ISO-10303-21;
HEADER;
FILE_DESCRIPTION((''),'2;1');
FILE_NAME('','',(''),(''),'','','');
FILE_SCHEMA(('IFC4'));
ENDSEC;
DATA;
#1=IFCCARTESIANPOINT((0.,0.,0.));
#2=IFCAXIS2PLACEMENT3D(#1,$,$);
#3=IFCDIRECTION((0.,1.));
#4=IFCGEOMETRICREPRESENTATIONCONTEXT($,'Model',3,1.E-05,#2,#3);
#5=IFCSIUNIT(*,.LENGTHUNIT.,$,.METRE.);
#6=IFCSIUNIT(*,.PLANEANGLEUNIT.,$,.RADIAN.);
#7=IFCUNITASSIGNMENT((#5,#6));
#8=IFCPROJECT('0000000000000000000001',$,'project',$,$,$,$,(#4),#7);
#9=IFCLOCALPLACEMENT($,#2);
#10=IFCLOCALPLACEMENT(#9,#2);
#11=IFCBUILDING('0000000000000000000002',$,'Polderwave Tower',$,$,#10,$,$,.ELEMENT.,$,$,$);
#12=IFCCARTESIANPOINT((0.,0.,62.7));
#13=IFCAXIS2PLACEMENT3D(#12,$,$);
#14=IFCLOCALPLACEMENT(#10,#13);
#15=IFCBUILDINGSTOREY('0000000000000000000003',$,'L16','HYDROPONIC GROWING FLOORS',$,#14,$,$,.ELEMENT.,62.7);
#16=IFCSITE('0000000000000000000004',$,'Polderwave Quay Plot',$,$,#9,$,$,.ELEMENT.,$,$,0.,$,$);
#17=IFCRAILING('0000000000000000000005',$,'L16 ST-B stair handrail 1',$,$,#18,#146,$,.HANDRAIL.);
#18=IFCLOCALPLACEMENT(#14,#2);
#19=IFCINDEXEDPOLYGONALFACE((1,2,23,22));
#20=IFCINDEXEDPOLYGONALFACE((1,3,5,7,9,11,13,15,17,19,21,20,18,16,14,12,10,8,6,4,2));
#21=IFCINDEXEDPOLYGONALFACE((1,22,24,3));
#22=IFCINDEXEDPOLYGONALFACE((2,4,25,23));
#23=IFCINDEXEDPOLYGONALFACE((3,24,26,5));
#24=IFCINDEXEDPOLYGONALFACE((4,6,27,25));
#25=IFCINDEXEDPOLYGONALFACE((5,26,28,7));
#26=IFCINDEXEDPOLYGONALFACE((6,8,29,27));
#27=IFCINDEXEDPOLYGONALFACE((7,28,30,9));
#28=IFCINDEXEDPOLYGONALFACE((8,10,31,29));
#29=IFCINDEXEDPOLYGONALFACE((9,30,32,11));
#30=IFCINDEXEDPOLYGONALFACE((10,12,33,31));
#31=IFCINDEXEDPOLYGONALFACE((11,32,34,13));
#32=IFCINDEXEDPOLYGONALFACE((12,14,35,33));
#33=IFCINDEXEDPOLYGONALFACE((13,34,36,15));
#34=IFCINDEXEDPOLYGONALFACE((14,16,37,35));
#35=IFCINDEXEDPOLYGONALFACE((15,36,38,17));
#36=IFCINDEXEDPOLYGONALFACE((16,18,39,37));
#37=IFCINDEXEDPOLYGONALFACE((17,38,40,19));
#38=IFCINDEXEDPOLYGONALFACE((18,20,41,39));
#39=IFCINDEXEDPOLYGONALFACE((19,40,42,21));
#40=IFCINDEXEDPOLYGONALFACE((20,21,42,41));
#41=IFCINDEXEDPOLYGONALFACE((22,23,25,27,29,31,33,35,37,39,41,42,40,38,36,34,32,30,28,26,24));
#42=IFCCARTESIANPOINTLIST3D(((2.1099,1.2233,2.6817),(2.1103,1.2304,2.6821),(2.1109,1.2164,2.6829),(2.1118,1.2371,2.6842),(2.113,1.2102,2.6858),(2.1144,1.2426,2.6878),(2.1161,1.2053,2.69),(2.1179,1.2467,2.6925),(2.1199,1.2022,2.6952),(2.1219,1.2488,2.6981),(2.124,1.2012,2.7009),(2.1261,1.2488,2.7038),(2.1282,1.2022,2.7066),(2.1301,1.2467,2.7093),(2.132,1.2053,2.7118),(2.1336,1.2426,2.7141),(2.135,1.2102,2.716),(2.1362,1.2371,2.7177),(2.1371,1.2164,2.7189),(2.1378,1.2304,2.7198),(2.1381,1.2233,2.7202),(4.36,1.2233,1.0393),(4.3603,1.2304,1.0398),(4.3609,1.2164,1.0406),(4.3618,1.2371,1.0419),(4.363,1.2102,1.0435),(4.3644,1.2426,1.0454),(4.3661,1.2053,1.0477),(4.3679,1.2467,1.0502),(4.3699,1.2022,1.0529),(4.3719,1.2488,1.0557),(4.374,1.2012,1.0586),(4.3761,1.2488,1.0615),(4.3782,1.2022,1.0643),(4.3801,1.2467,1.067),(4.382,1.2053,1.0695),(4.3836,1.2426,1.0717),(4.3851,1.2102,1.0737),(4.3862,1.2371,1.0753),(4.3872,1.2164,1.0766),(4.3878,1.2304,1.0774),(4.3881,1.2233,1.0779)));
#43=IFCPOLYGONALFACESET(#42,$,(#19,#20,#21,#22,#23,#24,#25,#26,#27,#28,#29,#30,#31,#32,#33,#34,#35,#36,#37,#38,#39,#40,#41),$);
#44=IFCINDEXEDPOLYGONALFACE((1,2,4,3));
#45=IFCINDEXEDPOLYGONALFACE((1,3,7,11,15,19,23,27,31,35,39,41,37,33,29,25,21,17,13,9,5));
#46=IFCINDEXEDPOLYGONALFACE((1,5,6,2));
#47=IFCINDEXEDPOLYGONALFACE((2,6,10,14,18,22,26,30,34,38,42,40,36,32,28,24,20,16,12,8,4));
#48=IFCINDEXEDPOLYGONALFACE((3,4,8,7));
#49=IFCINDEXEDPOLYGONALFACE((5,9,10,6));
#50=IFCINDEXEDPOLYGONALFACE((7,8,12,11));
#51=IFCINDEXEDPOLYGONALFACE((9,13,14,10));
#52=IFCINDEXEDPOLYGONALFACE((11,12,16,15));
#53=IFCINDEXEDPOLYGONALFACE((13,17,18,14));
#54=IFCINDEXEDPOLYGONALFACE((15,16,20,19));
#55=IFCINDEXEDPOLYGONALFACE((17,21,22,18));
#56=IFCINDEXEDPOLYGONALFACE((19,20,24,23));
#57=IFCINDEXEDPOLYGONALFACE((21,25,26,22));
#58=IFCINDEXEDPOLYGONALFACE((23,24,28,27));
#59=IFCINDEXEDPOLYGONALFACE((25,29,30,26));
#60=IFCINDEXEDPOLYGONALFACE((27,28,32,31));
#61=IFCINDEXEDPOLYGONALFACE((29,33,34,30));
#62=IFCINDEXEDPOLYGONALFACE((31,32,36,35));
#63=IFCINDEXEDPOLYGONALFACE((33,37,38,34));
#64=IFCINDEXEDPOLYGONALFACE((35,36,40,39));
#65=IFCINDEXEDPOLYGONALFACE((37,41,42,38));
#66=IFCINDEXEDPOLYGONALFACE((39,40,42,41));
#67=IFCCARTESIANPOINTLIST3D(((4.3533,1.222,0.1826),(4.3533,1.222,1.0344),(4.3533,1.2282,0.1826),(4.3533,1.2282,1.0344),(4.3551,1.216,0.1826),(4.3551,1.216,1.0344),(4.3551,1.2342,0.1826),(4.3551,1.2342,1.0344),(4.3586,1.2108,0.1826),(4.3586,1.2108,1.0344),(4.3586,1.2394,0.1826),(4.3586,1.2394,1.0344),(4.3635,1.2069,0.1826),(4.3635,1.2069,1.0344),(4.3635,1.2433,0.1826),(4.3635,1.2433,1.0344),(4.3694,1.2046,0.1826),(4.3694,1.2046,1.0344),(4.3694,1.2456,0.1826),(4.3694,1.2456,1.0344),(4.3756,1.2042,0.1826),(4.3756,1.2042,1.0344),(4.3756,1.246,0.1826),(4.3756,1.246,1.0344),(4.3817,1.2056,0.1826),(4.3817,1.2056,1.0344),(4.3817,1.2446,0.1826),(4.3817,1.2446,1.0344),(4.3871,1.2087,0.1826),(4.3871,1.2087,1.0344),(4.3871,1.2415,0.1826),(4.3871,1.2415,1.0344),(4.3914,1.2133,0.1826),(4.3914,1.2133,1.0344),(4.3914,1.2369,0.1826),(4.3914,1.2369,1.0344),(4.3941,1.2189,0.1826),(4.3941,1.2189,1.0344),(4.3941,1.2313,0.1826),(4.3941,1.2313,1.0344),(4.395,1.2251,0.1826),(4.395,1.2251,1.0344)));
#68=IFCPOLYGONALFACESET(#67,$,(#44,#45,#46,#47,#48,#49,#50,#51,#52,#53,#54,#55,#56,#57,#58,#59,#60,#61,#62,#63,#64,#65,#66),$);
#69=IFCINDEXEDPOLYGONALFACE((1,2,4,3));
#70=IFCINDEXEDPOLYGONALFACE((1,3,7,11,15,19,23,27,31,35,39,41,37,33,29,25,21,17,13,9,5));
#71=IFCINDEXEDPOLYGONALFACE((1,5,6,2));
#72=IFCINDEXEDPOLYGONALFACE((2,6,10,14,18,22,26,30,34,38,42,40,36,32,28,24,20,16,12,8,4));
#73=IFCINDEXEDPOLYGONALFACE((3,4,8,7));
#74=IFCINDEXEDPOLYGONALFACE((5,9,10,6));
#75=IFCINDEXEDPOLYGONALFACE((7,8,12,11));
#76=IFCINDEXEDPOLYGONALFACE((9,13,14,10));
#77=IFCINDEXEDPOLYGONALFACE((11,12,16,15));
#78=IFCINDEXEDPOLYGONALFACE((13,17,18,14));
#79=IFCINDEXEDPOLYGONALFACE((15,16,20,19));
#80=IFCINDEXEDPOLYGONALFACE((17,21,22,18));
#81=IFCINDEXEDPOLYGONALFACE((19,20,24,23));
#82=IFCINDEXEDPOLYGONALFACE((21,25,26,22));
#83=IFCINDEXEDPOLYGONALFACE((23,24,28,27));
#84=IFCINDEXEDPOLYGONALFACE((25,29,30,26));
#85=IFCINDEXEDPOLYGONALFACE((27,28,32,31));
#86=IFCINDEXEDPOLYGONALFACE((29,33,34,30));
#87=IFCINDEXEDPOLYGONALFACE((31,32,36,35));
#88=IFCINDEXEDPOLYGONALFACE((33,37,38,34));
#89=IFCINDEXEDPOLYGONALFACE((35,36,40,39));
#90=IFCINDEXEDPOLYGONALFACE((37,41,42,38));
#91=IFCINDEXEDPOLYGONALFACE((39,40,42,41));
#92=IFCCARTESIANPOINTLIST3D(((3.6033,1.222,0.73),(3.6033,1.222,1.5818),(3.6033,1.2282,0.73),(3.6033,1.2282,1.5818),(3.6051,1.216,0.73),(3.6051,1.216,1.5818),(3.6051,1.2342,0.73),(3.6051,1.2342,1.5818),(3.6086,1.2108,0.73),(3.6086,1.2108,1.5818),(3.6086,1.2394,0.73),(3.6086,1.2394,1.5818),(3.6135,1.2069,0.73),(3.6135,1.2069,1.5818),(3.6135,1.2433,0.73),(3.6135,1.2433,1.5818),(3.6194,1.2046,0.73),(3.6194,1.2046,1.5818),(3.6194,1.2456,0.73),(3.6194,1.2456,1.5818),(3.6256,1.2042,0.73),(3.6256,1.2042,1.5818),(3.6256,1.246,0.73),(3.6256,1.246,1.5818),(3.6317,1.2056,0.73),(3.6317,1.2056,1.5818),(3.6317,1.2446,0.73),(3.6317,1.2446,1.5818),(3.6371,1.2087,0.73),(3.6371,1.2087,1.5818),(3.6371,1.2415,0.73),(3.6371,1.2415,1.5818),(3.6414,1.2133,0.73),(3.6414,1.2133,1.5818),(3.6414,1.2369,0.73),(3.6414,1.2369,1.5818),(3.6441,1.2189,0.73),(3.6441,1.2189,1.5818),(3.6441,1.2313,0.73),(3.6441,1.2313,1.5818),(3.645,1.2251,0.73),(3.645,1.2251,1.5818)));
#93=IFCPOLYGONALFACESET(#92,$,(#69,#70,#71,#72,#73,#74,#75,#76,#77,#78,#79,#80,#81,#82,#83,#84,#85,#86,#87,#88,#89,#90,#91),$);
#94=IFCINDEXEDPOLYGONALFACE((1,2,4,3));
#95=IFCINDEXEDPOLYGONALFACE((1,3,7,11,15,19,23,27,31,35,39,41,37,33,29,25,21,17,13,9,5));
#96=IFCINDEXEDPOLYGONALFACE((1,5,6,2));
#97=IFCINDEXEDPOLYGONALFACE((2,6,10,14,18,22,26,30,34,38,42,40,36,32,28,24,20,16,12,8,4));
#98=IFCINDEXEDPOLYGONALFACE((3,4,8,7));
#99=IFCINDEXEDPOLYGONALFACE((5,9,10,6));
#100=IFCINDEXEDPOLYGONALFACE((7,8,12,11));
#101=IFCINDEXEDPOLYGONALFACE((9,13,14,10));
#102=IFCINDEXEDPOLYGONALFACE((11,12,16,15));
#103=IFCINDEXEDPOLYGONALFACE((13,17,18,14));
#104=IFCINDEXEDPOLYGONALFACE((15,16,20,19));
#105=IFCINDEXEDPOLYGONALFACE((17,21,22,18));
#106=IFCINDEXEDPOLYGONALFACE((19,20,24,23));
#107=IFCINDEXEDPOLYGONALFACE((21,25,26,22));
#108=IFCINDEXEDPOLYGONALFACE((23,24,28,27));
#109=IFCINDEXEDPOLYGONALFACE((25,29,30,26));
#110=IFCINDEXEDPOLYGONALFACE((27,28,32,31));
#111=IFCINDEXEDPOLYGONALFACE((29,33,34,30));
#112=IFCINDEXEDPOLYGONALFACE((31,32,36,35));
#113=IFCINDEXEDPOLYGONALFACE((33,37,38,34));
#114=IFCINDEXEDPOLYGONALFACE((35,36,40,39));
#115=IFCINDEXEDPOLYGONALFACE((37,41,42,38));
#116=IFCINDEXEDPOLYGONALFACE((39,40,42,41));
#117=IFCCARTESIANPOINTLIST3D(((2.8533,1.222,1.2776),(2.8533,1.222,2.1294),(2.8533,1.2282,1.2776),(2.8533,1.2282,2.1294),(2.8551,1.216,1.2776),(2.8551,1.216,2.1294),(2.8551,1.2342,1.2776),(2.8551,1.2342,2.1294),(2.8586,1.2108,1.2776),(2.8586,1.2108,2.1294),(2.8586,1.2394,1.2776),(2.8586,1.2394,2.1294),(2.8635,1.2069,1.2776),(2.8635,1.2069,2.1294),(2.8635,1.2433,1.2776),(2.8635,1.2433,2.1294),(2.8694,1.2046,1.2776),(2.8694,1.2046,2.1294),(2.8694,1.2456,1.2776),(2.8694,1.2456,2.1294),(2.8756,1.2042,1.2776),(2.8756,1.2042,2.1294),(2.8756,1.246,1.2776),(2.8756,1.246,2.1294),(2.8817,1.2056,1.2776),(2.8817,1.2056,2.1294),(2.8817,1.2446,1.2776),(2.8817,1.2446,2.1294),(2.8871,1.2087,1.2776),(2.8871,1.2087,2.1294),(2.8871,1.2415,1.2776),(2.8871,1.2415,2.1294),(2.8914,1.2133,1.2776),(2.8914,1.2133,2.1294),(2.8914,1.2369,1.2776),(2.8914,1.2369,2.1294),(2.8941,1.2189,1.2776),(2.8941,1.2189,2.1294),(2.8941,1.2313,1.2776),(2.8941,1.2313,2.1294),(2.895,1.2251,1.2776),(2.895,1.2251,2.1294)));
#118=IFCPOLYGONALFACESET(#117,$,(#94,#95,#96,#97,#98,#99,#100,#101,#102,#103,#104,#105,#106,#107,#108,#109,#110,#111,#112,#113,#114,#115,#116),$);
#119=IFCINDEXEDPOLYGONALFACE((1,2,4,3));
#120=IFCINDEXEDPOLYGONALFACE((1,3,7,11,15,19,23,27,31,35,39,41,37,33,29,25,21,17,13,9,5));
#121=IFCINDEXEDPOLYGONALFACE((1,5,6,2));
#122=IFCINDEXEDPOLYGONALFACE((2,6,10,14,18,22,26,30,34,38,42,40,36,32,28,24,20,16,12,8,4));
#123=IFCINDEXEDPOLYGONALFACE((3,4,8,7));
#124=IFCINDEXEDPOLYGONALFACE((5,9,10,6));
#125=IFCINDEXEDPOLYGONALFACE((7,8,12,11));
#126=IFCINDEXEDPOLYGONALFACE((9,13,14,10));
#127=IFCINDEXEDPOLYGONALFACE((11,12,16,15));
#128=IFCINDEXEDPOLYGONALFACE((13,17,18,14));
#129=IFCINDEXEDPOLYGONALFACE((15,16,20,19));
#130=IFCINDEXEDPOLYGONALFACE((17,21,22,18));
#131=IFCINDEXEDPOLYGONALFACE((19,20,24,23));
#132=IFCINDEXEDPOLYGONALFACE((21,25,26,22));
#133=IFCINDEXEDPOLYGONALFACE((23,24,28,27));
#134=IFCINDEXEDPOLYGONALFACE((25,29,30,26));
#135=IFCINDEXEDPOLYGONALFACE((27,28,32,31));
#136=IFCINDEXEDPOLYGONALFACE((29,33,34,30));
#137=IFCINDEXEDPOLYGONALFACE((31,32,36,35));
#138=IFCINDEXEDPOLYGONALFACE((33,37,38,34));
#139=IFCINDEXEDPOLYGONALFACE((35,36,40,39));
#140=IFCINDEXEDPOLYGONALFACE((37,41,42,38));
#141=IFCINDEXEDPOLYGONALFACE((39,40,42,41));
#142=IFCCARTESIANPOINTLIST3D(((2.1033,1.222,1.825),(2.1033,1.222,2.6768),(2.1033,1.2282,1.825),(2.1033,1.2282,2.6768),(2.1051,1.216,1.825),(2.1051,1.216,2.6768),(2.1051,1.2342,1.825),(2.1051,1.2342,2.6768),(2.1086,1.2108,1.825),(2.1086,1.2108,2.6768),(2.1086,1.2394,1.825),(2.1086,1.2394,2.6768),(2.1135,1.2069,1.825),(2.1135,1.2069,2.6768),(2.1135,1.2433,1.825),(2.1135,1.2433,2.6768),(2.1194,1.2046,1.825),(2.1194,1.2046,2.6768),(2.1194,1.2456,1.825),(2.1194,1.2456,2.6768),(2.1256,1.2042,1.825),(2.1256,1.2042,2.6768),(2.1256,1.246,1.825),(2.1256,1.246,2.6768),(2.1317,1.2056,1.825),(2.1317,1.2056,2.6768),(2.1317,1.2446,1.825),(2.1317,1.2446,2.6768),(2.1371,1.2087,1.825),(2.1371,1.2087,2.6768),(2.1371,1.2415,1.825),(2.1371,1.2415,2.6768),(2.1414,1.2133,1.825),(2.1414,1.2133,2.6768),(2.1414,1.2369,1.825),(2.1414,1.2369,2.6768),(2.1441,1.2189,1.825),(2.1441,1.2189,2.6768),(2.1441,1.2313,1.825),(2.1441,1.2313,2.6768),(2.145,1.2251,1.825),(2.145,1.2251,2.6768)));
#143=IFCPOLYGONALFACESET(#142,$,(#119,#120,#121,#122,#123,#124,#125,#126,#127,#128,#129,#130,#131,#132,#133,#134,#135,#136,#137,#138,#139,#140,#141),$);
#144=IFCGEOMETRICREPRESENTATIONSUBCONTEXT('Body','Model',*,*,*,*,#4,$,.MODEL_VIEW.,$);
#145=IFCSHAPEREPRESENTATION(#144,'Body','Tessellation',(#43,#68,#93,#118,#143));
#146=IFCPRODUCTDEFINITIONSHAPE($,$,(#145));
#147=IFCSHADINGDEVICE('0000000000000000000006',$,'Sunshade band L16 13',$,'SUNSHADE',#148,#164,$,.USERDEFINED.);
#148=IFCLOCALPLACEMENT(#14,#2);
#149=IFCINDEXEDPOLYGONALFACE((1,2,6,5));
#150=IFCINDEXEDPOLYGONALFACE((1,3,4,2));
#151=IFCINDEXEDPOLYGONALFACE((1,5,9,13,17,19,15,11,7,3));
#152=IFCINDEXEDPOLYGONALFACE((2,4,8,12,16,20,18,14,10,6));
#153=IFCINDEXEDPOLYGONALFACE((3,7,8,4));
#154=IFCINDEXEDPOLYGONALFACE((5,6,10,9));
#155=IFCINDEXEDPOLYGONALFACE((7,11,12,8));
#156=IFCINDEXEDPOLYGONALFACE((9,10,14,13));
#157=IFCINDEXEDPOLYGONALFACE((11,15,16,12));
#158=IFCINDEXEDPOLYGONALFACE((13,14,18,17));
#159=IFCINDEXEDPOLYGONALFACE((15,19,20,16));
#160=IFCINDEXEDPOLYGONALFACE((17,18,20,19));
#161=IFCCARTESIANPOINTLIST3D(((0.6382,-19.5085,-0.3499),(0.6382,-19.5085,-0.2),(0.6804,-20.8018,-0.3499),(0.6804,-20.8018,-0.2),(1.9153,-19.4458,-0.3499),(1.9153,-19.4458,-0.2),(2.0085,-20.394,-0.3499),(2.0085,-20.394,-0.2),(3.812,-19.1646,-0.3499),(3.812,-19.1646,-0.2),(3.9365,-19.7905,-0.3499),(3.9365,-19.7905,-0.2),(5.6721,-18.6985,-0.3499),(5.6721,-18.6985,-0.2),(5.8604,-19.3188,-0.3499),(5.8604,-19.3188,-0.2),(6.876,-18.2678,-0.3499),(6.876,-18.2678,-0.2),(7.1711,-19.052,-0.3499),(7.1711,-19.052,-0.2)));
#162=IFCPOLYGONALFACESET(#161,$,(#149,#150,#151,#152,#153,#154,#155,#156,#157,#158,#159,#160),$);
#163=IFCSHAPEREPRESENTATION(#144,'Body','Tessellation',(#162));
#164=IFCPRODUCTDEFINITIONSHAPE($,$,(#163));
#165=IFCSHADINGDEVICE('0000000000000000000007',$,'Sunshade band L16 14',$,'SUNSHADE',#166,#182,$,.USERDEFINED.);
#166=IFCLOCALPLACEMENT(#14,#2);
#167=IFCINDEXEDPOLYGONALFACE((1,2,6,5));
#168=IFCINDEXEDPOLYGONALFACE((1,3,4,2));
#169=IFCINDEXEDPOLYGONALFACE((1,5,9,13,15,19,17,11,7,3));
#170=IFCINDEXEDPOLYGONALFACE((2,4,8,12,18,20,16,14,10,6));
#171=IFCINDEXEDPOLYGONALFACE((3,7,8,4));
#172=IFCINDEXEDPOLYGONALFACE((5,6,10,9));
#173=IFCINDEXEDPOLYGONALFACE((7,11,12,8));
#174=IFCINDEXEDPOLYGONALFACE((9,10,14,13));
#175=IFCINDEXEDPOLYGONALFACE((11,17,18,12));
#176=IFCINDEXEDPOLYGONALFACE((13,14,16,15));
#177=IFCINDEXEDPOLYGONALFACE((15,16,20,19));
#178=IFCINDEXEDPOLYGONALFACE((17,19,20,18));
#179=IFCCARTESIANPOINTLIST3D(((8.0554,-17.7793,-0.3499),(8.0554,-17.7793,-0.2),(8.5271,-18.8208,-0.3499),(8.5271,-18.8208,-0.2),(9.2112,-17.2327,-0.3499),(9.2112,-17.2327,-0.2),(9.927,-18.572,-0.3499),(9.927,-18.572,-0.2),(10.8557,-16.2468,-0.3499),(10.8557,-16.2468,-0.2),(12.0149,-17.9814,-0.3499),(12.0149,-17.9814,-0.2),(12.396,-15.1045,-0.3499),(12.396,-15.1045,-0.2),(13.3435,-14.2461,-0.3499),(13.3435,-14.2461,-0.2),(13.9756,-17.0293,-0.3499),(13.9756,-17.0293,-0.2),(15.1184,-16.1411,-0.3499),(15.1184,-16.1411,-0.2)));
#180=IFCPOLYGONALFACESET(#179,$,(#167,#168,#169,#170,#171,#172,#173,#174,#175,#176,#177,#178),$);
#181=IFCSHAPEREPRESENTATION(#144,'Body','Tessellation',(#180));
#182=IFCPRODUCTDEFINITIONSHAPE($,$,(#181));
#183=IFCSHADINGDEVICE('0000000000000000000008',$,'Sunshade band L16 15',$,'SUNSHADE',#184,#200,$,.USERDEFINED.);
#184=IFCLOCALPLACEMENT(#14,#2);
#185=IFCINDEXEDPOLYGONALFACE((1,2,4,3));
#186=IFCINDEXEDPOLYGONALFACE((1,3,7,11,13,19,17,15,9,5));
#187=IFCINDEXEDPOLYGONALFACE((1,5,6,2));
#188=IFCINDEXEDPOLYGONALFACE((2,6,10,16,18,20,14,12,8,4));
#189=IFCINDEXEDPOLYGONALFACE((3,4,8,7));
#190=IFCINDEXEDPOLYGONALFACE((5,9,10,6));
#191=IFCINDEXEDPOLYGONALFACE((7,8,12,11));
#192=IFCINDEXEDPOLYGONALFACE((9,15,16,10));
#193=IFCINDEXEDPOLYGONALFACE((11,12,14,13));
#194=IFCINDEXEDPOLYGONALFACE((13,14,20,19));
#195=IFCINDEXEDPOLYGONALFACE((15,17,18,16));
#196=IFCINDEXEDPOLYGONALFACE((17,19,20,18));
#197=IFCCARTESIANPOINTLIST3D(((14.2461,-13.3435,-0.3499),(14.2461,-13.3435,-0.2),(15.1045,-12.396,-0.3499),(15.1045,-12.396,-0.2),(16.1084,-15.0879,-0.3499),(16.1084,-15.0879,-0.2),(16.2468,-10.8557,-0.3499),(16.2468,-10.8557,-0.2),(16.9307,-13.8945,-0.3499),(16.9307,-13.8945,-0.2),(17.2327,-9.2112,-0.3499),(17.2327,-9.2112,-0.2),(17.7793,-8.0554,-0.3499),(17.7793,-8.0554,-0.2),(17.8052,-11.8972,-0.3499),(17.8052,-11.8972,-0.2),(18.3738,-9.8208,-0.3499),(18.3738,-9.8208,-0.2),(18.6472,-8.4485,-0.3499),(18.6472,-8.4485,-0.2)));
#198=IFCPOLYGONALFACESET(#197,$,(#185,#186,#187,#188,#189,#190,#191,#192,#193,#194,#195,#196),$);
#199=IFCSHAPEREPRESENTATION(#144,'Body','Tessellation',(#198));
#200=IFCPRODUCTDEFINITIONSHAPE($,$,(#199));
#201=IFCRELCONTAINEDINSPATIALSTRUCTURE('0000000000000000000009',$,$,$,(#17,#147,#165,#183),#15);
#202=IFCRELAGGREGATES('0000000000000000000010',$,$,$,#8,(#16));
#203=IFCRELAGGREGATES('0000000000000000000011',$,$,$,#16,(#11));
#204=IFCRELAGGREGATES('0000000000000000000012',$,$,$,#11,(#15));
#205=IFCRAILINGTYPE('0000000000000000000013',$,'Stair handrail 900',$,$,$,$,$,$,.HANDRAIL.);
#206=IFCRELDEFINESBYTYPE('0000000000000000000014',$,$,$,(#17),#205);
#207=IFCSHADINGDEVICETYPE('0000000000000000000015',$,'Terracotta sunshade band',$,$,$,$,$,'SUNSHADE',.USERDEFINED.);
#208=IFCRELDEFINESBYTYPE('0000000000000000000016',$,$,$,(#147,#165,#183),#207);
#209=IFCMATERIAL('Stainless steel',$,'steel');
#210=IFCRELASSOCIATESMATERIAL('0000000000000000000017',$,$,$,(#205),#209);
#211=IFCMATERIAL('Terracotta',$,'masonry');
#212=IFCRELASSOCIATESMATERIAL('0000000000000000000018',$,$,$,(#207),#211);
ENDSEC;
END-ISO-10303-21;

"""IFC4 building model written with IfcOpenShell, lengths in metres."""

from ifc_helpers import new_model, si_unit, direction, frame, origin, origin_2d, place, context, subcontext, project, spatial, polyline, circle, outline, extrude, material, type_object, element, save


model = new_model("IFC4")

# Units and contexts
model_context = context("Model", 3, precision=1e-05, world=origin(), true_north=direction((0.0, 1.0)))
body_context = subcontext(model_context, "Body", "Model", "MODEL_VIEW")
ifc_project = project(units=[si_unit("LENGTHUNIT", "METRE"), si_unit("PLANEANGLEUNIT", "RADIAN")], contexts=[model_context])

# Site, building, storey
site_placement = place(None, origin())
site = spatial("IfcSite", under=ifc_project, at=site_placement, Name="Polderwave Quay Plot", CompositionType="ELEMENT", RefElevation=0.0)
building_placement = place(site_placement, origin())
building = spatial("IfcBuilding", under=site, at=building_placement, Name="Polderwave Tower", CompositionType="ELEMENT")
storey_placement = place(building_placement, frame((0.0, 0.0, 62.7)))
storey = spatial("IfcBuildingStorey", under=building, at=storey_placement, Name="L16", Description="HYDROPONIC GROWING FLOORS", CompositionType="ELEMENT", Elevation=62.7)

# Railing
ifc_material_1 = material(Name="Stainless steel", Category="steel")
railing_type_1 = type_object("IfcRailingType", Name="Stair handrail 900", PredefinedType="HANDRAIL", material=ifc_material_1)
railing_1_placement = place(storey_placement, frame((4.374, 1.2251, 0.1826)))
element("IfcRailing", 1, at=railing_1_placement, inside=storey, type_object=railing_type_1, Name="L16 ST-B stair handrail 1", PredefinedType="HANDRAIL", context=body_context, shape_type="SweptSolid", body=[
    extrude(circle(Radius=0.0239, at=origin_2d()), frame((0.0, 0.0, 0.876), z_axis=(-0.807715, 0.0, 0.589573), x_axis=(0.0, -1.0, 0.0)), (0.0, 0.0, 1.0), 2.7856),
    extrude(circle(Radius=0.021, at=origin_2d()), origin(), (0.0, 0.0, 1.0), 0.8518),
    extrude(circle(Radius=0.021, at=origin_2d()), frame((-0.75, 0.0, 0.5474)), (0.0, 0.0, 1.0), 0.8518),
    extrude(circle(Radius=0.021, at=origin_2d()), frame((-1.5, 0.0, 1.095)), (0.0, 0.0, 1.0), 0.8518),
    extrude(circle(Radius=0.021, at=origin_2d()), frame((-2.25, 0.0, 1.6423)), (0.0, 0.0, 1.0), 0.8518),
])

# Shading devices
ifc_material_2 = material(Name="Terracotta", Category="masonry")
shading_device_type = type_object("IfcShadingDeviceType", Name="Terracotta sunshade band", ElementType="SUNSHADE", PredefinedType="USERDEFINED", material=ifc_material_2)
shading_device_1_placement = place(storey_placement, frame((0.0, 0.0, -0.3499)))
element("IfcShadingDevice", 2, at=shading_device_1_placement, inside=storey, type_object=shading_device_type, Name="Sunshade band L16 13", ObjectType="SUNSHADE", PredefinedType="USERDEFINED", context=body_context, shape_type="SweptSolid", body=[
    extrude(outline(polyline([(0.6382, -19.5085), (1.9153, -19.4458), (3.812, -19.1646), (5.6721, -18.6985), (6.876, -18.2678), (7.1711, -19.052), (5.8604, -19.3188), (3.9365, -19.7905), (2.0085, -20.394), (0.6804, -20.8018), (0.6382, -19.5085)])), origin(), (0.0, 0.0, 1.0), 0.1499),
])
shading_device_2_placement = place(storey_placement, frame((0.0, 0.0, -0.3499)))
element("IfcShadingDevice", 3, at=shading_device_2_placement, inside=storey, type_object=shading_device_type, Name="Sunshade band L16 14", ObjectType="SUNSHADE", PredefinedType="USERDEFINED", context=body_context, shape_type="SweptSolid", body=[
    extrude(outline(polyline([(8.0554, -17.7793), (9.2112, -17.2327), (10.8557, -16.2468), (12.396, -15.1045), (13.3435, -14.2461), (15.1184, -16.1411), (13.9756, -17.0293), (12.0149, -17.9814), (9.927, -18.572), (8.5271, -18.8208), (8.0554, -17.7793)])), origin(), (0.0, 0.0, 1.0), 0.1499),
])
shading_device_3_placement = place(storey_placement, frame((0.0, 0.0, -0.3499)))
element("IfcShadingDevice", 4, at=shading_device_3_placement, inside=storey, type_object=shading_device_type, Name="Sunshade band L16 15", ObjectType="SUNSHADE", PredefinedType="USERDEFINED", context=body_context, shape_type="SweptSolid", body=[
    extrude(outline(polyline([(14.2461, -13.3435), (15.1045, -12.396), (16.2468, -10.8557), (17.2327, -9.2112), (17.7793, -8.0554), (18.6472, -8.4485), (18.3738, -9.8208), (17.8052, -11.8972), (16.9307, -13.8945), (16.1084, -15.0879), (14.2461, -13.3435)])), origin(), (0.0, 0.0, 1.0), 0.1499),
])

save(model, "model.ifc")
